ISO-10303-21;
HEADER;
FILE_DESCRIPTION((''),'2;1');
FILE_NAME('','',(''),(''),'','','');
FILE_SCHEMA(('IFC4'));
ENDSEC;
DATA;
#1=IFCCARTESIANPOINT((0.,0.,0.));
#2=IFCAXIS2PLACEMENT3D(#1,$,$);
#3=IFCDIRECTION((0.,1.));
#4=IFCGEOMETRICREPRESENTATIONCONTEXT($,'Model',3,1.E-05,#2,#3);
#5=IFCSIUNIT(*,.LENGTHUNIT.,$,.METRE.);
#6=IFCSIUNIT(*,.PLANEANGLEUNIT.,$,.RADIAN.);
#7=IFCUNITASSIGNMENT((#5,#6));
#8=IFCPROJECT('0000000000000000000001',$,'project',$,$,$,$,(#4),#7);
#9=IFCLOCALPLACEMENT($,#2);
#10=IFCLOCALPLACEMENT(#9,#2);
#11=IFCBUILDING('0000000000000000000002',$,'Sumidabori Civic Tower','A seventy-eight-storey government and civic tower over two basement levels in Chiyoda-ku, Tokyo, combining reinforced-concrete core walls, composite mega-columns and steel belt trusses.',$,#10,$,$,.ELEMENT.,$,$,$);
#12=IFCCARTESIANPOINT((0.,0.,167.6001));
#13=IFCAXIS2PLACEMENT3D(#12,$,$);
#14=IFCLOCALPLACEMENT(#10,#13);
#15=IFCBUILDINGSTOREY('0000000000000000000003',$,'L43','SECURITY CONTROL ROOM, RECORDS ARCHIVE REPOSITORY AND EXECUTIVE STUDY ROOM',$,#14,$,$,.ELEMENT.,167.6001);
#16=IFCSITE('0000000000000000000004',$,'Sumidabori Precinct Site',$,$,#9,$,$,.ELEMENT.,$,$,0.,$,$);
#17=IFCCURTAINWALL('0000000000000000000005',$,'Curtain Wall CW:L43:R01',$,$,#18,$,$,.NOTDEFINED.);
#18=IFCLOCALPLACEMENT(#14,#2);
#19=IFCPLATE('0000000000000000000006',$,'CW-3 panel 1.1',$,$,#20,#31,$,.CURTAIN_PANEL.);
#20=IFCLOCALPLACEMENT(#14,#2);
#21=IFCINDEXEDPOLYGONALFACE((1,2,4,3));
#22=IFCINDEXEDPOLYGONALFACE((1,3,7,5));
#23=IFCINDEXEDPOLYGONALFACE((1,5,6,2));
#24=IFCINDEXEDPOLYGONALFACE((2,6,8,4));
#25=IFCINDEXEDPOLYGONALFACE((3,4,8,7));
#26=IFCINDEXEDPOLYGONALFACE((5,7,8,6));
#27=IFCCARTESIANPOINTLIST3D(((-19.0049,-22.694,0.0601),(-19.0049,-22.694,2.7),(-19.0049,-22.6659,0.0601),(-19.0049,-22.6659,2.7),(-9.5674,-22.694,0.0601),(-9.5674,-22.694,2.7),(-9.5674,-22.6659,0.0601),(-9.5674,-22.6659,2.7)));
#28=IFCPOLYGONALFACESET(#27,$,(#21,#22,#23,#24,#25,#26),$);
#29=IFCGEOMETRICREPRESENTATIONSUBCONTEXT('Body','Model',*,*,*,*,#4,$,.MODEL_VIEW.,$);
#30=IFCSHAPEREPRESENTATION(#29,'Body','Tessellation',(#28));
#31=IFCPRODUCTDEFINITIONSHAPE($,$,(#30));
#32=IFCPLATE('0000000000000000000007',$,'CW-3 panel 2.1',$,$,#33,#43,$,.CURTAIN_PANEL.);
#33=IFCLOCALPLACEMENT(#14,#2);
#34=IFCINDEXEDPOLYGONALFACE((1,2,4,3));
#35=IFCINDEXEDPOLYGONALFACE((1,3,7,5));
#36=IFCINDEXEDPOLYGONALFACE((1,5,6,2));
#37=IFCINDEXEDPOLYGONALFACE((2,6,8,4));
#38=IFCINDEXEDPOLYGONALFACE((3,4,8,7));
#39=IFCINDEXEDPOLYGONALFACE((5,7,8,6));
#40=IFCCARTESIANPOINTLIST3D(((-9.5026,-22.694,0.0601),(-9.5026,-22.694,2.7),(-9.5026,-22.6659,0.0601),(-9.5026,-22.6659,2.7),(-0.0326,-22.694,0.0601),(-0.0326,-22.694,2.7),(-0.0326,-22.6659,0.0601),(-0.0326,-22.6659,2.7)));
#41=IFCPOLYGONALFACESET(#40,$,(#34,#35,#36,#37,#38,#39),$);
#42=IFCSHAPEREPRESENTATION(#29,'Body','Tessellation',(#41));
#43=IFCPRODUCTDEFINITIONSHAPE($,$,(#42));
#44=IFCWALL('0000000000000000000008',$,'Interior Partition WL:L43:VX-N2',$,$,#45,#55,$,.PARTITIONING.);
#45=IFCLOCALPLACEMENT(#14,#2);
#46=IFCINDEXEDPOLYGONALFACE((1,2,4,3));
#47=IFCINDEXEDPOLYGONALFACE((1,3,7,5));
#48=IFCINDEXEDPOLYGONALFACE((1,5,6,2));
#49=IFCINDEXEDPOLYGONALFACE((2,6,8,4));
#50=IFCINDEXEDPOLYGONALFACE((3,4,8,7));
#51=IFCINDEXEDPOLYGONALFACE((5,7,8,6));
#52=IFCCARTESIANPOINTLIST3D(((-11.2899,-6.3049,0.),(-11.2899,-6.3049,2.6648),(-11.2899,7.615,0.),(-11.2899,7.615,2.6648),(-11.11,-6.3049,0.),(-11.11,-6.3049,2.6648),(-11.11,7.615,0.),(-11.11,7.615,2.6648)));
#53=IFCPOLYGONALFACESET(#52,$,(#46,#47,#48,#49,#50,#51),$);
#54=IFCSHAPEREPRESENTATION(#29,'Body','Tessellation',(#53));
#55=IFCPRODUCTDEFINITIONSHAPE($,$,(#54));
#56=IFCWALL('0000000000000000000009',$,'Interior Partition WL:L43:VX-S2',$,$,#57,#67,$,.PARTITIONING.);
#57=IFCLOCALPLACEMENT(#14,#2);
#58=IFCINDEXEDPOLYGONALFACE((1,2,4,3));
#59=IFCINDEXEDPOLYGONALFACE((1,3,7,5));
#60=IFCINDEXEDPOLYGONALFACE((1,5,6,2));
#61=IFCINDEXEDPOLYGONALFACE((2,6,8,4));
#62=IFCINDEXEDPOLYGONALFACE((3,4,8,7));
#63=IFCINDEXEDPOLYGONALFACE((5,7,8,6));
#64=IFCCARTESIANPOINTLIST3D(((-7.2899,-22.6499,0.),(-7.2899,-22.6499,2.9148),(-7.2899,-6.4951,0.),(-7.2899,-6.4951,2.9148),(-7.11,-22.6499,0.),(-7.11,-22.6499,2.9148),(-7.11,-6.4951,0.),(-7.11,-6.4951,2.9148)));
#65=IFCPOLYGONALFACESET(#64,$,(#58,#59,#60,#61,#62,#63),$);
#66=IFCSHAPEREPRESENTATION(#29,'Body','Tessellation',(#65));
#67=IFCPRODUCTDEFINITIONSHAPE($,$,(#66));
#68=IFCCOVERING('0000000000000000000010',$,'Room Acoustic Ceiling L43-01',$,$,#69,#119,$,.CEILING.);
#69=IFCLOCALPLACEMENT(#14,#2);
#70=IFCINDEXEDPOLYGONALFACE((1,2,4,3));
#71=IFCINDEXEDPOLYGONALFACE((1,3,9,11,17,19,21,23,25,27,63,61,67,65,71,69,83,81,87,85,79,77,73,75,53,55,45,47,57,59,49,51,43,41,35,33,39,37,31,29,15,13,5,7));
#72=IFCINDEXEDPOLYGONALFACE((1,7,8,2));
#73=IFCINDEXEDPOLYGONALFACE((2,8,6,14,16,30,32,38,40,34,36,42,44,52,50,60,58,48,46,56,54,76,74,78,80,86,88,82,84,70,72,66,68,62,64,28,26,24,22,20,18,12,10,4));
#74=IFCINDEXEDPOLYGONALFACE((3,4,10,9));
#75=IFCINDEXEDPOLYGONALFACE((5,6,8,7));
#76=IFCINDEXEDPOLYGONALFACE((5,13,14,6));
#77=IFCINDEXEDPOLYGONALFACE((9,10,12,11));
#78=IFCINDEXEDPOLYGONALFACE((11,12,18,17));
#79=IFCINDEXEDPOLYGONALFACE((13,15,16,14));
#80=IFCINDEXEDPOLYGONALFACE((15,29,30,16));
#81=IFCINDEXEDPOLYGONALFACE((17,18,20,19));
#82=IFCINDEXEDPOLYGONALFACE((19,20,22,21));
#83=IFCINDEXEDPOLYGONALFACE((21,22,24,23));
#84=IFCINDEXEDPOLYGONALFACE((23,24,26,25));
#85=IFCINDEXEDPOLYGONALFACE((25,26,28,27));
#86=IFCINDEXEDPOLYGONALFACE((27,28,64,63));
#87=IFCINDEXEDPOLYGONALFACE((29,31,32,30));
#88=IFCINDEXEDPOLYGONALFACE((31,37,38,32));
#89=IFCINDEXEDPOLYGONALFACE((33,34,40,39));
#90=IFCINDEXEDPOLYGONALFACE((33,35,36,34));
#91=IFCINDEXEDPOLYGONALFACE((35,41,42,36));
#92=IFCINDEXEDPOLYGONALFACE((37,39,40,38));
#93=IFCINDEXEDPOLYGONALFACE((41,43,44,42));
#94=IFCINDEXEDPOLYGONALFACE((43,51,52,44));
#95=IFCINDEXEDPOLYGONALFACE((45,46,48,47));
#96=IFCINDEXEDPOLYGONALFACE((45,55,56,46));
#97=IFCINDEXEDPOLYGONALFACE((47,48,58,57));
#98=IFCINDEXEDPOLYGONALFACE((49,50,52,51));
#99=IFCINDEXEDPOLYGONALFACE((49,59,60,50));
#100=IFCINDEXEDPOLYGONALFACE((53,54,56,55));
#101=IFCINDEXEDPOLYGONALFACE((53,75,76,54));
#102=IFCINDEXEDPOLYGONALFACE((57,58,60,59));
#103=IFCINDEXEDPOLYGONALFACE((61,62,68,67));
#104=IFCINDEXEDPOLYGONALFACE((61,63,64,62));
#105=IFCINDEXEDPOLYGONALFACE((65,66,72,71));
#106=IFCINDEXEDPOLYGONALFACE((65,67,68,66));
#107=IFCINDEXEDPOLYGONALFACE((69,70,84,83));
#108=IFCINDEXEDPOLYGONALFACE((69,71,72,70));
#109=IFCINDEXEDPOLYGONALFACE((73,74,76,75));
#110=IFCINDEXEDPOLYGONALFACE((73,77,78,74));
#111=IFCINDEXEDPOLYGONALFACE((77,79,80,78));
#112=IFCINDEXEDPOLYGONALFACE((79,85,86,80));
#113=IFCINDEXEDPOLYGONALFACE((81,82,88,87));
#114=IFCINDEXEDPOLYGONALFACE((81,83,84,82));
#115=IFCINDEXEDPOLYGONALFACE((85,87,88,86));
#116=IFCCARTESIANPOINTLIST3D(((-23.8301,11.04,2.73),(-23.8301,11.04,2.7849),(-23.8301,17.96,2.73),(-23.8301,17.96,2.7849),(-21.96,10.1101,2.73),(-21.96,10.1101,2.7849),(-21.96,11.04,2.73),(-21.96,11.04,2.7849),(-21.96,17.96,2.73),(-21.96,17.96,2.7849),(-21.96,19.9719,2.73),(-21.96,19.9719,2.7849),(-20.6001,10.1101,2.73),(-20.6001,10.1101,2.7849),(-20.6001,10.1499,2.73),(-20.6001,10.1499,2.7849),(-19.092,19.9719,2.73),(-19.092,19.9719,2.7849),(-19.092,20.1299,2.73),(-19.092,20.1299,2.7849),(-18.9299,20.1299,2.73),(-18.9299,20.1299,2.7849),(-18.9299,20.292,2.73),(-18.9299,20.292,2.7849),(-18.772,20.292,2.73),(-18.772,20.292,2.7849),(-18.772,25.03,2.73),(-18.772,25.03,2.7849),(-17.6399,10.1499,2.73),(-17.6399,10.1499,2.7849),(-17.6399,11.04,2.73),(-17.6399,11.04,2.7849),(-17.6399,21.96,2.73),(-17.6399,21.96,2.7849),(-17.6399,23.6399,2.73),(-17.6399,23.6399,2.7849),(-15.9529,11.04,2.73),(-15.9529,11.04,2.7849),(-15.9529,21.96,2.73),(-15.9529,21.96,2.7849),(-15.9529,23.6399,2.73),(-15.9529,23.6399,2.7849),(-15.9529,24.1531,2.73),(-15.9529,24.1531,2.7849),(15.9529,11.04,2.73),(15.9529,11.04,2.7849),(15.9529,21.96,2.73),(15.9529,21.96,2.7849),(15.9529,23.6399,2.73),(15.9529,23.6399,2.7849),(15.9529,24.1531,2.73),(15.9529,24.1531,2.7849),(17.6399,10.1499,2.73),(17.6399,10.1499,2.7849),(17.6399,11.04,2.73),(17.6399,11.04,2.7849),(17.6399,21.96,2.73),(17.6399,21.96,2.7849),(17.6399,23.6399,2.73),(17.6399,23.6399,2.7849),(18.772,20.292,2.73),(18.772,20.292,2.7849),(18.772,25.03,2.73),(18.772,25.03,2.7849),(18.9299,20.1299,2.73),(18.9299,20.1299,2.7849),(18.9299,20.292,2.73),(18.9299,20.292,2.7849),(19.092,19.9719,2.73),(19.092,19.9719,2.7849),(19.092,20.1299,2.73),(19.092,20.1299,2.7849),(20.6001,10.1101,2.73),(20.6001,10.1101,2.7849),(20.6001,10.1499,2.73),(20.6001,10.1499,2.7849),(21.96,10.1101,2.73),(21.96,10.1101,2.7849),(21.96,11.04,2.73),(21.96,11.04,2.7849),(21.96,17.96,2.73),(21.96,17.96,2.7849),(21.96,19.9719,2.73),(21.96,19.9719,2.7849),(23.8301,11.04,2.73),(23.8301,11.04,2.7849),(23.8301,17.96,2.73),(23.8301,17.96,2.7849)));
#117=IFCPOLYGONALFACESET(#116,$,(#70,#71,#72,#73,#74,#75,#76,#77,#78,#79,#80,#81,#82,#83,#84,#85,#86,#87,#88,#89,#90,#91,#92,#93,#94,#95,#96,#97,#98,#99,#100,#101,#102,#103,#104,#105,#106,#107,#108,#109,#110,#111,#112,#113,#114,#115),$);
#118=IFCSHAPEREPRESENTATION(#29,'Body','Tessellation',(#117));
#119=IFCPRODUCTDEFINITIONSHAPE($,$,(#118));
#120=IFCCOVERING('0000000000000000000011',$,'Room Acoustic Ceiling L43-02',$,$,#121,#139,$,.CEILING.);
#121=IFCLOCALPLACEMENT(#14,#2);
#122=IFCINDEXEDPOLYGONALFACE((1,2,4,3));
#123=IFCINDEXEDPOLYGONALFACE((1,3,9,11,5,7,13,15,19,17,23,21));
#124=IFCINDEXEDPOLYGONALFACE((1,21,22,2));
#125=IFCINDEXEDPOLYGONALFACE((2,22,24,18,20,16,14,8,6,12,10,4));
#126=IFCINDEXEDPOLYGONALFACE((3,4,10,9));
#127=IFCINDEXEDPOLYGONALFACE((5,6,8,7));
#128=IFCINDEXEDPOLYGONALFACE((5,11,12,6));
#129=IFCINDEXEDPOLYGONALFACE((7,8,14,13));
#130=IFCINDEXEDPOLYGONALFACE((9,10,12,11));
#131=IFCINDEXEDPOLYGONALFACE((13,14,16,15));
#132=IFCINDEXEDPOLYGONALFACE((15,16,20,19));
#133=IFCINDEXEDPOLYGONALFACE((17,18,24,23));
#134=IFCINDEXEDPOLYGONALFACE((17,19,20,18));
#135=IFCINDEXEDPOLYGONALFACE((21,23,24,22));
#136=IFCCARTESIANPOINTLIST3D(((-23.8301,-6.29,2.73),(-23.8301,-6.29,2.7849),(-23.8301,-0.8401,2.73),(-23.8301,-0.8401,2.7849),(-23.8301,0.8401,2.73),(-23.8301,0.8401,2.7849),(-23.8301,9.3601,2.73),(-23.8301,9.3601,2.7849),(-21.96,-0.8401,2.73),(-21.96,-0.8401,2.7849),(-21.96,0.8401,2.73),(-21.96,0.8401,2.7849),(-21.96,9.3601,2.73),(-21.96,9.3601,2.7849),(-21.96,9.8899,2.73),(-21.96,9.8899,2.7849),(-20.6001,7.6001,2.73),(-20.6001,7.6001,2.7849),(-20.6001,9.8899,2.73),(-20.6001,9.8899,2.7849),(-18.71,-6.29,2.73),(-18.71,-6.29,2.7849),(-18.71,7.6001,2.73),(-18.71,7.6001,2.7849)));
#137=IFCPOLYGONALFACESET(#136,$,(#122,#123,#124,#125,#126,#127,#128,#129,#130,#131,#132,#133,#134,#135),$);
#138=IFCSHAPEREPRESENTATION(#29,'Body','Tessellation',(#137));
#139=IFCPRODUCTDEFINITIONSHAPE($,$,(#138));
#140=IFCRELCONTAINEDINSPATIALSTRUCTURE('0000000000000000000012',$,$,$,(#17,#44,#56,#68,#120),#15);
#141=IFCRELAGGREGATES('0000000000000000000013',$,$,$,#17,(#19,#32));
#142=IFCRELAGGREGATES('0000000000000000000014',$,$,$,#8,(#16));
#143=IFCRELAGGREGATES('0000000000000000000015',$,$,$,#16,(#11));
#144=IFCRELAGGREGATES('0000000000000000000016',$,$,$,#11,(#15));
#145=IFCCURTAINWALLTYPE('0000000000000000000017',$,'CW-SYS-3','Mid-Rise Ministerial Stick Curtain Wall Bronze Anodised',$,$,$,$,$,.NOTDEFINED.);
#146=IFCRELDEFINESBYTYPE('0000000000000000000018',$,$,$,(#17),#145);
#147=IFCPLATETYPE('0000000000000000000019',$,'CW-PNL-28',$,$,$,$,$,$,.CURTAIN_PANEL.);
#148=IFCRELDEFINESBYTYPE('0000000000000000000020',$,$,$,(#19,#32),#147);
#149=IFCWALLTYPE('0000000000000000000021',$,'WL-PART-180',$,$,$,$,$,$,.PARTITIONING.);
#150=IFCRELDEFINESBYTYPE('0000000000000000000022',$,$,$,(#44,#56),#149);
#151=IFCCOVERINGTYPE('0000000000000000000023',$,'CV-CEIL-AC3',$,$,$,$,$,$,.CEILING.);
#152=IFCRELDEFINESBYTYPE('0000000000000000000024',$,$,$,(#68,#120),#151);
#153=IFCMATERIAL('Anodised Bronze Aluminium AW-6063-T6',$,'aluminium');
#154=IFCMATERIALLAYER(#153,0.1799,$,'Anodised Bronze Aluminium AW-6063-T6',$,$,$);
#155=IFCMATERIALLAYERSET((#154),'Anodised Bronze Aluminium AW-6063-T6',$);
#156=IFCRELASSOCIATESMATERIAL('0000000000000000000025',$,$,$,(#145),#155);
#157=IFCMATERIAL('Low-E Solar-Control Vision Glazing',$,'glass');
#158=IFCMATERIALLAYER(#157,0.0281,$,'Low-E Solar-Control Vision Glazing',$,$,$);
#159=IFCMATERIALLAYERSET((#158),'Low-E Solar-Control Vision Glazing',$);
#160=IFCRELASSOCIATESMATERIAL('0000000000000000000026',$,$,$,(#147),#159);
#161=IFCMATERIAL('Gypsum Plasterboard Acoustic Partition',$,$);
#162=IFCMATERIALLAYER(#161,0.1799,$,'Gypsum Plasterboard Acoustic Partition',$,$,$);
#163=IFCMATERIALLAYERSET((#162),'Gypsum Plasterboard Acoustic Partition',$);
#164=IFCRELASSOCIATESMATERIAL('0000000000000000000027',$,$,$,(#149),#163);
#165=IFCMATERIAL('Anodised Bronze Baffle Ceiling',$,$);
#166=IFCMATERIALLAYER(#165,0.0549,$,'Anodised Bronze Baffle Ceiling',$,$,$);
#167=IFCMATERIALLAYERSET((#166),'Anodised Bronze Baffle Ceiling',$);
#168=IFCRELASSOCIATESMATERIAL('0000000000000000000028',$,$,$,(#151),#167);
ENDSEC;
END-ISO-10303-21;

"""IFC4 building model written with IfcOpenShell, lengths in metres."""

from ifc_helpers import new_model, si_unit, direction, frame, frame_2d, origin, origin_2d, place, context, subcontext, project, spatial, polyline, rectangle, outline, extrude, source, transform, mapped, material, layer, layer_set, type_object, element, aggregate, save


model = new_model("IFC4")

# Units and contexts
model_context = context("Model", 3, precision=1e-05, world=origin(), true_north=direction((0.0, 1.0)))
body_context = subcontext(model_context, "Body", "Model", "MODEL_VIEW")
ifc_project = project(units=[si_unit("LENGTHUNIT", "METRE"), si_unit("PLANEANGLEUNIT", "RADIAN")], contexts=[model_context])

# Site, building, storey
site_placement = place(None, origin())
site = spatial("IfcSite", under=ifc_project, at=site_placement, Name="Sumidabori Precinct Site", CompositionType="ELEMENT", RefElevation=0.0)
building_placement = place(site_placement, origin())
building = spatial("IfcBuilding", under=site, at=building_placement, Name="Sumidabori Civic Tower", Description="A seventy-eight-storey government and civic tower over two basement levels in Chiyoda-ku, Tokyo, combining reinforced-concrete core walls, composite mega-columns and steel belt trusses.", CompositionType="ELEMENT")
storey_placement = place(building_placement, frame((0.0, 0.0, 167.6001)))
storey = spatial("IfcBuildingStorey", under=building, at=storey_placement, Name="L43", Description="SECURITY CONTROL ROOM, RECORDS ARCHIVE REPOSITORY AND EXECUTIVE STUDY ROOM", CompositionType="ELEMENT", Elevation=167.6001)

# Curtain wall
ifc_material_1 = material(Name="Anodised Bronze Aluminium AW-6063-T6", Category="aluminium")
ifc_layer_1 = layer(ifc_material_1, 0.1799, Name="Anodised Bronze Aluminium AW-6063-T6")
ifc_layer_set_1 = layer_set([ifc_layer_1], Name="Anodised Bronze Aluminium AW-6063-T6")
curtain_wall_type = type_object("IfcCurtainWallType", Name="CW-SYS-3", Description="Mid-Rise Ministerial Stick Curtain Wall Bronze Anodised", PredefinedType="NOTDEFINED", material=ifc_layer_set_1)
curtain_wall_placement = place(storey_placement, origin())
curtain_wall = element("IfcCurtainWall", 1, at=curtain_wall_placement, inside=storey, type_object=curtain_wall_type, Name="Curtain Wall CW:L43:R01", PredefinedType="NOTDEFINED")

# Plates
ifc_material_2 = material(Name="Low-E Solar-Control Vision Glazing", Category="glass")
ifc_layer_2 = layer(ifc_material_2, 0.0281, Name="Low-E Solar-Control Vision Glazing")
ifc_layer_set_2 = layer_set([ifc_layer_2], Name="Low-E Solar-Control Vision Glazing")
plate_type = type_object("IfcPlateType", Name="CW-PNL-28", PredefinedType="CURTAIN_PANEL", material=ifc_layer_set_2)
shared_shape_1 = source(origin(), body_context, "Body", "SweptSolid", [
    extrude(rectangle(XDim=9.4375, YDim=0.0281, at=origin_2d()), origin(), (0.0, 0.0, 1.0), 2.6399),
])
plate_1_placement = place(storey_placement, frame((-14.2861, -22.6799, 0.0601), z_axis=(0.0, 0.0, 1.0), x_axis=(1.0, 0.0, 0.0)))
plate_1 = element("IfcPlate", 2, at=plate_1_placement, type_object=plate_type, Name="CW-3 panel 1.1", PredefinedType="CURTAIN_PANEL", context=body_context, shape_type="MappedRepresentation", body=[
    mapped(shared_shape_1, transform((0.0, 0.0, 0.0), x_axis=(1.0, 0.0, 0.0), y_axis=(0.0, 1.0, 0.0), z_axis=(0.0, 0.0, 1.0), scale=1.0)),
])
shared_shape_2 = source(origin(), body_context, "Body", "SweptSolid", [
    extrude(rectangle(XDim=9.47, YDim=0.0281, at=origin_2d()), origin(), (0.0, 0.0, 1.0), 2.6399),
])
plate_2_placement = place(storey_placement, frame((-4.7676, -22.6799, 0.0601), z_axis=(0.0, 0.0, 1.0), x_axis=(1.0, 0.0, 0.0)))
plate_2 = element("IfcPlate", 3, at=plate_2_placement, type_object=plate_type, Name="CW-3 panel 2.1", PredefinedType="CURTAIN_PANEL", context=body_context, shape_type="MappedRepresentation", body=[
    mapped(shared_shape_2, transform((0.0, 0.0, 0.0), x_axis=(1.0, 0.0, 0.0), y_axis=(0.0, 1.0, 0.0), z_axis=(0.0, 0.0, 1.0), scale=1.0)),
])
aggregate(curtain_wall, [plate_1, plate_2])

# Walls
ifc_material_3 = material(Name="Gypsum Plasterboard Acoustic Partition")
ifc_layer_3 = layer(ifc_material_3, 0.1799, Name="Gypsum Plasterboard Acoustic Partition")
ifc_layer_set_3 = layer_set([ifc_layer_3], Name="Gypsum Plasterboard Acoustic Partition")
wall_type = type_object("IfcWallType", Name="WL-PART-180", PredefinedType="PARTITIONING", material=ifc_layer_set_3)
shared_shape_3 = source(origin(), body_context, "Body", "SweptSolid", [
    extrude(rectangle(XDim=13.9199, YDim=0.1799, at=frame_2d((6.96, 0.0))), origin(), (0.0, 0.0, 1.0), 2.6648),
])
wall_1_placement = place(storey_placement, frame((-11.2, -6.3049, 0.0), z_axis=(0.0, 0.0, 1.0), x_axis=(0.0, 1.0, 0.0)))
element("IfcWall", 4, at=wall_1_placement, inside=storey, type_object=wall_type, Name="Interior Partition WL:L43:VX-N2", PredefinedType="PARTITIONING", context=body_context, shape_type="MappedRepresentation", body=[
    mapped(shared_shape_3, transform((0.0, 0.0, 0.0), x_axis=(1.0, 0.0, 0.0), y_axis=(0.0, 1.0, 0.0), z_axis=(0.0, 0.0, 1.0), scale=1.0)),
])
shared_shape_4 = source(origin(), body_context, "Body", "SweptSolid", [
    extrude(rectangle(XDim=16.1548, YDim=0.1799, at=frame_2d((8.0774, 0.0))), origin(), (0.0, 0.0, 1.0), 2.9148),
])
wall_2_placement = place(storey_placement, frame((-7.2, -22.6499, 0.0), z_axis=(0.0, 0.0, 1.0), x_axis=(0.0, 1.0, 0.0)))
element("IfcWall", 5, at=wall_2_placement, inside=storey, type_object=wall_type, Name="Interior Partition WL:L43:VX-S2", PredefinedType="PARTITIONING", context=body_context, shape_type="MappedRepresentation", body=[
    mapped(shared_shape_4, transform((0.0, 0.0, 0.0), x_axis=(1.0, 0.0, 0.0), y_axis=(0.0, 1.0, 0.0), z_axis=(0.0, 0.0, 1.0), scale=1.0)),
])

# Coverings
ifc_material_4 = material(Name="Anodised Bronze Baffle Ceiling")
ifc_layer_4 = layer(ifc_material_4, 0.0549, Name="Anodised Bronze Baffle Ceiling")
ifc_layer_set_4 = layer_set([ifc_layer_4], Name="Anodised Bronze Baffle Ceiling")
covering_type_1 = type_object("IfcCoveringType", Name="CV-CEIL-AC3", PredefinedType="CEILING", material=ifc_layer_set_4)
covering_1_placement = place(storey_placement, frame((0.0, 0.0, 2.73)))
element("IfcCovering", 6, at=covering_1_placement, inside=storey, type_object=covering_type_1, Name="Room Acoustic Ceiling L43-01", PredefinedType="CEILING", context=body_context, shape_type="SweptSolid", body=[
    extrude(outline(polyline([(-20.6001, 10.1101), (-21.96, 10.1101), (-21.96, 11.04), (-23.8301, 11.04), (-23.8301, 17.96), (-21.96, 17.96), (-21.96, 19.9719), (-19.092, 19.9719), (-19.092, 20.1299), (-18.9299, 20.1299), (-18.9299, 20.292), (-18.772, 20.292), (-18.772, 25.03), (18.772, 25.03), (18.772, 20.292), (18.9299, 20.292), (18.9299, 20.1299), (19.092, 20.1299), (19.092, 19.9719), (21.96, 19.9719), (21.96, 17.96), (23.8301, 17.96), (23.8301, 11.04), (21.96, 11.04), (21.96, 10.1101), (20.6001, 10.1101), (20.6001, 10.1499), (17.6399, 10.1499), (17.6399, 11.04), (15.9529, 11.04), (15.9529, 21.96), (17.6399, 21.96), (17.6399, 23.6399), (15.9529, 23.6399), (15.9529, 24.1531), (-15.9529, 24.1531), (-15.9529, 23.6399), (-17.6399, 23.6399), (-17.6399, 21.96), (-15.9529, 21.96), (-15.9529, 11.04), (-17.6399, 11.04), (-17.6399, 10.1499), (-20.6001, 10.1499), (-20.6001, 10.1101)])), origin(), (0.0, 0.0, 1.0), 0.0549),
])
covering_2_placement = place(storey_placement, frame((0.0, 0.0, 2.73)))
element("IfcCovering", 7, at=covering_2_placement, inside=storey, type_object=covering_type_1, Name="Room Acoustic Ceiling L43-02", PredefinedType="CEILING", context=body_context, shape_type="SweptSolid", body=[
    extrude(outline(polyline([(-21.96, 9.3601), (-21.96, 9.8899), (-20.6001, 9.8899), (-20.6001, 7.6001), (-18.71, 7.6001), (-18.71, -6.29), (-23.8301, -6.29), (-23.8301, -0.8401), (-21.96, -0.8401), (-21.96, 0.8401), (-23.8301, 0.8401), (-23.8301, 9.3601), (-21.96, 9.3601)])), origin(), (0.0, 0.0, 1.0), 0.0549),
])

save(model, "model.ifc")
